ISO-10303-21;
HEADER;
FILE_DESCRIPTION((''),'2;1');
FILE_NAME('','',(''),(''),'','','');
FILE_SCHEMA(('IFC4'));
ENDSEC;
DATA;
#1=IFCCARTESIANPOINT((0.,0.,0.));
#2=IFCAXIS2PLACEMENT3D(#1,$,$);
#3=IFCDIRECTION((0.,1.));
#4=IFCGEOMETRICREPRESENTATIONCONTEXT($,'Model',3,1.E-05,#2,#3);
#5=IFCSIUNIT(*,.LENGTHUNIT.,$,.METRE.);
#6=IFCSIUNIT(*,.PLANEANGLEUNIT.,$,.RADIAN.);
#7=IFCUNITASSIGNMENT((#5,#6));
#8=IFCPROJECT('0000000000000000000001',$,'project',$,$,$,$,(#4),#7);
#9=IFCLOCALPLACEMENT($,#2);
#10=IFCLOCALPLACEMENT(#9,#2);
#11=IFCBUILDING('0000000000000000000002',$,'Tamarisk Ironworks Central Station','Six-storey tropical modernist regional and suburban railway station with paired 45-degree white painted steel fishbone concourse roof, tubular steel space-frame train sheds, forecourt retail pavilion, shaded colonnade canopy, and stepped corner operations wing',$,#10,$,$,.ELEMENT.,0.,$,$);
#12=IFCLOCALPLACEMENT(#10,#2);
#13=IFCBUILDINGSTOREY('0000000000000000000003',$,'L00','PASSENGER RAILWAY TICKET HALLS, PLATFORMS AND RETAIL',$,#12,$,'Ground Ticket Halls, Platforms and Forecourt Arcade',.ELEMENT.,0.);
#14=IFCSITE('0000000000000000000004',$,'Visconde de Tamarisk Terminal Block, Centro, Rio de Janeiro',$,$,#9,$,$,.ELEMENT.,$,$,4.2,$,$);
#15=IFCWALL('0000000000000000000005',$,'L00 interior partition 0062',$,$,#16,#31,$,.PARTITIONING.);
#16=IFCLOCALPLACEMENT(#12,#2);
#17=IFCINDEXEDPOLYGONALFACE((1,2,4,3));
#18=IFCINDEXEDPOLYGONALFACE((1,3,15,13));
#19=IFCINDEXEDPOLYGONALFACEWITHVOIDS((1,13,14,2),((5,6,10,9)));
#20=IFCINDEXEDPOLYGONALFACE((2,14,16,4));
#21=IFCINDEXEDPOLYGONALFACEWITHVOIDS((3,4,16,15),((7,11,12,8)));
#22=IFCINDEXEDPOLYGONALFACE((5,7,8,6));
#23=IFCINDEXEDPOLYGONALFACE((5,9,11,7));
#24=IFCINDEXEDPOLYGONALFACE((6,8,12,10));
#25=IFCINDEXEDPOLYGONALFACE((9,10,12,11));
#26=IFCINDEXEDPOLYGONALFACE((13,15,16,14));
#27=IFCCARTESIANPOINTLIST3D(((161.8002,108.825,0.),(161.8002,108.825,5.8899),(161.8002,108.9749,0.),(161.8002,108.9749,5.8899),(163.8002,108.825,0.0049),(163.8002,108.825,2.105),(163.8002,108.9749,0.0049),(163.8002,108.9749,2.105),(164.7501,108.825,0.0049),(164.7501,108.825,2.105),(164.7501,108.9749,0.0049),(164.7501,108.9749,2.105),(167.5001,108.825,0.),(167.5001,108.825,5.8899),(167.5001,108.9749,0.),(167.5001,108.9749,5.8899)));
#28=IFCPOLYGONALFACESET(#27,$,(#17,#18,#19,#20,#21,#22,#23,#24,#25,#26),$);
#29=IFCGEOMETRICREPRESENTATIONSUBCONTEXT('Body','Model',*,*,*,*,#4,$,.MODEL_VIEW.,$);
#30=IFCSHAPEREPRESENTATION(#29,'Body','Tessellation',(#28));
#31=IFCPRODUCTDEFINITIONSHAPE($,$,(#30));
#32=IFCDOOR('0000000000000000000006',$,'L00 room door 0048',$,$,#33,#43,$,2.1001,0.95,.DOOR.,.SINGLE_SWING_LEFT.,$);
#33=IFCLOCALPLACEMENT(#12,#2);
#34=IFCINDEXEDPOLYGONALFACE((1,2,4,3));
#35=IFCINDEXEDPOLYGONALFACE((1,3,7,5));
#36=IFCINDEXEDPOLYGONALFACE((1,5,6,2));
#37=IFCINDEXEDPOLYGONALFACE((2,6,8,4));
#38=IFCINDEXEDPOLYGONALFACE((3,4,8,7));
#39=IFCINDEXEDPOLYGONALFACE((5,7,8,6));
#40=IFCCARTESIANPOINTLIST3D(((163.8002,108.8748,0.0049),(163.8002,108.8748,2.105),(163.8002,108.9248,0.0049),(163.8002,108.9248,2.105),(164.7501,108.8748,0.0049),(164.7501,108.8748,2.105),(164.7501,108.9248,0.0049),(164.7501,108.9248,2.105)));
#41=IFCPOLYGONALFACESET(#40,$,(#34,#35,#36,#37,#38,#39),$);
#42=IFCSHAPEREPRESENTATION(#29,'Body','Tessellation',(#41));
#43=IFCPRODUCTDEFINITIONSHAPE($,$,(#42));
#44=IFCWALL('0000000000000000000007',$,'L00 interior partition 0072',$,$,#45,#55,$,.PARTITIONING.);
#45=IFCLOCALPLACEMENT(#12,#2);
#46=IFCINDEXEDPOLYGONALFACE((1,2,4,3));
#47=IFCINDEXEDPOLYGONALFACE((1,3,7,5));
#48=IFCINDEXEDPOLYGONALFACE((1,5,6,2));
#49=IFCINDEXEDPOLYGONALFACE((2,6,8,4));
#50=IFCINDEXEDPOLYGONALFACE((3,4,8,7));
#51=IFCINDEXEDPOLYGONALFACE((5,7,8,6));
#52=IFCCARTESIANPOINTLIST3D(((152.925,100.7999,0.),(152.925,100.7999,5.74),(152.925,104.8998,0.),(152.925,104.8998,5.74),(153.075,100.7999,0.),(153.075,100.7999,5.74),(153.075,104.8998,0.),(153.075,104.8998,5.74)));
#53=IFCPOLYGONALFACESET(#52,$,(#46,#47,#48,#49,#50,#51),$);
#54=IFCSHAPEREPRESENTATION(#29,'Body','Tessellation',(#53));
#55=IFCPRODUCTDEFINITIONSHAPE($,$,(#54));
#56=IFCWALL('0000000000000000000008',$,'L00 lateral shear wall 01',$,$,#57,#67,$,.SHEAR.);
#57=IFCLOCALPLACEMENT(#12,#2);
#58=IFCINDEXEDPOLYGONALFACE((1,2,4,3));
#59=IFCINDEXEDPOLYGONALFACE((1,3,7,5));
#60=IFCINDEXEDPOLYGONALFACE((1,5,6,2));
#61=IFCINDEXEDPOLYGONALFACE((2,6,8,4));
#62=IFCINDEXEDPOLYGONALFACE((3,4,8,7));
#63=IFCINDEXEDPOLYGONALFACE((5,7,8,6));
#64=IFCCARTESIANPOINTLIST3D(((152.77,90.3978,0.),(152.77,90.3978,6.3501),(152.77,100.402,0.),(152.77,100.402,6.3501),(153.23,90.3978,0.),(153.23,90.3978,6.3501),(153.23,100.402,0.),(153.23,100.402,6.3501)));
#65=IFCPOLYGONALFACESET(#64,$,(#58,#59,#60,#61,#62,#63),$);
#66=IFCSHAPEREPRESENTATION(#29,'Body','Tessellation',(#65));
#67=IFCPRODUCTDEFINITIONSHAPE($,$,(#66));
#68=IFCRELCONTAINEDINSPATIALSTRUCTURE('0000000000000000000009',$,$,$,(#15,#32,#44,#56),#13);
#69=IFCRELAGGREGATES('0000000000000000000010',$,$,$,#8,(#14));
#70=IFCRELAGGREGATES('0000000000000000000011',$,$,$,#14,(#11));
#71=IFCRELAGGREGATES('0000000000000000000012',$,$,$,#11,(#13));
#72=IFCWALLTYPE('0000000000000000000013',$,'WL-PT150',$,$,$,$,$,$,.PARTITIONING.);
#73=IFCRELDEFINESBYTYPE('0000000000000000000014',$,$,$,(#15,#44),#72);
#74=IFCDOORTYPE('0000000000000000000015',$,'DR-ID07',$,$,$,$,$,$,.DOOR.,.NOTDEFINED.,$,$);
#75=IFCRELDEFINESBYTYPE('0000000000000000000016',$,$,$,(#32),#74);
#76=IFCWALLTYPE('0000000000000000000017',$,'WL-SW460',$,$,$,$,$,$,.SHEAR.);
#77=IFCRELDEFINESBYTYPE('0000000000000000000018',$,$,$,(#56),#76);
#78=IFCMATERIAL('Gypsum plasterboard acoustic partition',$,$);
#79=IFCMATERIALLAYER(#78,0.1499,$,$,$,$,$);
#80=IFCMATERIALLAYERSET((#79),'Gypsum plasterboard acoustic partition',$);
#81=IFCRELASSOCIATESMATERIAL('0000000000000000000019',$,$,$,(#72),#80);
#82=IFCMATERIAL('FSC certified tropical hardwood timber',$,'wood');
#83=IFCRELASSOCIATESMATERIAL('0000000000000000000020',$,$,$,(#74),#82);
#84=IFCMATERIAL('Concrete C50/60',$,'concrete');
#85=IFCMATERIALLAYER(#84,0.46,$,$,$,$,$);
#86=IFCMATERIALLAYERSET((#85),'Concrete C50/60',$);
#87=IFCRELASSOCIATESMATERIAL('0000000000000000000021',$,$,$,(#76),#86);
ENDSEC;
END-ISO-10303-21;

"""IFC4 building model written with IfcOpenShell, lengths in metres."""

from ifc_helpers import new_model, si_unit, direction, frame, frame_2d, origin, place, context, subcontext, project, spatial, rectangle, extrude, material, layer, layer_set, type_object, element, fill, save


model = new_model("IFC4")

# Units and contexts
model_context = context("Model", 3, precision=1e-05, world=origin(), true_north=direction((0.0, 1.0)))
body_context = subcontext(model_context, "Body", "Model", "MODEL_VIEW")
ifc_project = project(units=[si_unit("LENGTHUNIT", "METRE"), si_unit("PLANEANGLEUNIT", "RADIAN")], contexts=[model_context])

# Site, building, storey
site_placement = place(None, origin())
site = spatial("IfcSite", under=ifc_project, at=site_placement, Name="Visconde de Tamarisk Terminal Block, Centro, Rio de Janeiro", CompositionType="ELEMENT", RefElevation=4.2)
building_placement = place(site_placement, origin())
building = spatial("IfcBuilding", under=site, at=building_placement, Name="Tamarisk Ironworks Central Station", Description="Six-storey tropical modernist regional and suburban railway station with paired 45-degree white painted steel fishbone concourse roof, tubular steel space-frame train sheds, forecourt retail pavilion, shaded colonnade canopy, and stepped corner operations wing", CompositionType="ELEMENT", ElevationOfRefHeight=0.0)
storey_placement = place(building_placement, origin())
storey = spatial("IfcBuildingStorey", under=building, at=storey_placement, Name="L00", Description="PASSENGER RAILWAY TICKET HALLS, PLATFORMS AND RETAIL", LongName="Ground Ticket Halls, Platforms and Forecourt Arcade", CompositionType="ELEMENT", Elevation=0.0)

# Shared definitions
ifc_material_1 = material(Name="Concrete C50/60", Category="concrete")

# Wall, opening, door
ifc_material_2 = material(Name="Gypsum plasterboard acoustic partition")
ifc_layer_1 = layer(ifc_material_2, 0.1499)
ifc_layer_set_1 = layer_set([ifc_layer_1], Name="Gypsum plasterboard acoustic partition")
wall_type_1 = type_object("IfcWallType", Name="WL-PT150", PredefinedType="PARTITIONING", material=ifc_layer_set_1)
ifc_material_3 = material(Name="FSC certified tropical hardwood timber", Category="wood")
wall_1_placement = place(storey_placement, frame((161.8, 108.8999, 0.0), z_axis=(0.0, 0.0, 1.0), x_axis=(1.0, 0.0, 0.0)))
wall_1 = element("IfcWall", 1, at=wall_1_placement, inside=storey, type_object=wall_type_1, Name="L00 interior partition 0062", PredefinedType="PARTITIONING", context=body_context, shape_type="SweptSolid", body=[
    extrude(rectangle(XDim=5.7, YDim=0.1499, at=frame_2d((2.8501, 0.0))), origin(), (0.0, 0.0, 1.0), 5.8899),
])
opening_1_placement = place(wall_1_placement, frame((2.0, 0.0, 0.0049)))
opening_1 = element("IfcOpeningElement", 2, at=opening_1_placement, cuts=wall_1, PredefinedType="OPENING", context=body_context, shape_type="SweptSolid", body=[
    extrude(rectangle(XDim=0.95, YDim=2.1001, at=frame_2d((0.4751, 1.05))), frame((0.0, 0.0869, 0.0), z_axis=(0.0, -1.0, 0.0), x_axis=(1.0, 0.0, 0.0)), (0.0, 0.0, 1.0), 0.1738),
])
door_type_1 = type_object("IfcDoorType", Name="DR-ID07", OperationType="NOTDEFINED", PredefinedType="DOOR", material=ifc_material_3)
door_1_placement = place(opening_1_placement, origin())
door_1 = element("IfcDoor", 3, at=door_1_placement, inside=storey, type_object=door_type_1, Name="L00 room door 0048", OperationType="SINGLE_SWING_LEFT", OverallHeight=2.1001, OverallWidth=0.95, PredefinedType="DOOR", context=body_context, shape_type="SweptSolid", body=[
    extrude(rectangle(XDim=0.95, YDim=2.1001, at=frame_2d((0.4751, 1.05))), frame((0.0, 0.0249, 0.0), z_axis=(0.0, -1.0, 0.0), x_axis=(1.0, 0.0, 0.0)), (0.0, 0.0, 1.0), 0.05),
])
fill(opening_1, door_1)

# Walls
wall_2_placement = place(storey_placement, frame((153.0, 100.8, 0.0), z_axis=(0.0, 0.0, 1.0), x_axis=(0.0, 1.0, 0.0)))
element("IfcWall", 4, at=wall_2_placement, inside=storey, type_object=wall_type_1, Name="L00 interior partition 0072", PredefinedType="PARTITIONING", context=body_context, shape_type="SweptSolid", body=[
    extrude(rectangle(XDim=4.0999, YDim=0.1499, at=frame_2d((2.0498, 0.0))), origin(), (0.0, 0.0, 1.0), 5.74),
])
ifc_layer_2 = layer(ifc_material_1, 0.46)
ifc_layer_set_2 = layer_set([ifc_layer_2], Name="Concrete C50/60")
wall_type_2 = type_object("IfcWallType", Name="WL-SW460", PredefinedType="SHEAR", material=ifc_layer_set_2)
wall_3_placement = place(storey_placement, frame((153.0, 90.3979, 0.0), z_axis=(0.0, 0.0, 1.0), x_axis=(0.0, 1.0, 0.0)))
element("IfcWall", 5, at=wall_3_placement, inside=storey, type_object=wall_type_2, Name="L00 lateral shear wall 01", PredefinedType="SHEAR", context=body_context, shape_type="SweptSolid", body=[
    extrude(rectangle(XDim=10.0042, YDim=0.46, at=frame_2d((5.002, 0.0))), origin(), (0.0, 0.0, 1.0), 6.3501),
])

save(model, "model.ifc")
